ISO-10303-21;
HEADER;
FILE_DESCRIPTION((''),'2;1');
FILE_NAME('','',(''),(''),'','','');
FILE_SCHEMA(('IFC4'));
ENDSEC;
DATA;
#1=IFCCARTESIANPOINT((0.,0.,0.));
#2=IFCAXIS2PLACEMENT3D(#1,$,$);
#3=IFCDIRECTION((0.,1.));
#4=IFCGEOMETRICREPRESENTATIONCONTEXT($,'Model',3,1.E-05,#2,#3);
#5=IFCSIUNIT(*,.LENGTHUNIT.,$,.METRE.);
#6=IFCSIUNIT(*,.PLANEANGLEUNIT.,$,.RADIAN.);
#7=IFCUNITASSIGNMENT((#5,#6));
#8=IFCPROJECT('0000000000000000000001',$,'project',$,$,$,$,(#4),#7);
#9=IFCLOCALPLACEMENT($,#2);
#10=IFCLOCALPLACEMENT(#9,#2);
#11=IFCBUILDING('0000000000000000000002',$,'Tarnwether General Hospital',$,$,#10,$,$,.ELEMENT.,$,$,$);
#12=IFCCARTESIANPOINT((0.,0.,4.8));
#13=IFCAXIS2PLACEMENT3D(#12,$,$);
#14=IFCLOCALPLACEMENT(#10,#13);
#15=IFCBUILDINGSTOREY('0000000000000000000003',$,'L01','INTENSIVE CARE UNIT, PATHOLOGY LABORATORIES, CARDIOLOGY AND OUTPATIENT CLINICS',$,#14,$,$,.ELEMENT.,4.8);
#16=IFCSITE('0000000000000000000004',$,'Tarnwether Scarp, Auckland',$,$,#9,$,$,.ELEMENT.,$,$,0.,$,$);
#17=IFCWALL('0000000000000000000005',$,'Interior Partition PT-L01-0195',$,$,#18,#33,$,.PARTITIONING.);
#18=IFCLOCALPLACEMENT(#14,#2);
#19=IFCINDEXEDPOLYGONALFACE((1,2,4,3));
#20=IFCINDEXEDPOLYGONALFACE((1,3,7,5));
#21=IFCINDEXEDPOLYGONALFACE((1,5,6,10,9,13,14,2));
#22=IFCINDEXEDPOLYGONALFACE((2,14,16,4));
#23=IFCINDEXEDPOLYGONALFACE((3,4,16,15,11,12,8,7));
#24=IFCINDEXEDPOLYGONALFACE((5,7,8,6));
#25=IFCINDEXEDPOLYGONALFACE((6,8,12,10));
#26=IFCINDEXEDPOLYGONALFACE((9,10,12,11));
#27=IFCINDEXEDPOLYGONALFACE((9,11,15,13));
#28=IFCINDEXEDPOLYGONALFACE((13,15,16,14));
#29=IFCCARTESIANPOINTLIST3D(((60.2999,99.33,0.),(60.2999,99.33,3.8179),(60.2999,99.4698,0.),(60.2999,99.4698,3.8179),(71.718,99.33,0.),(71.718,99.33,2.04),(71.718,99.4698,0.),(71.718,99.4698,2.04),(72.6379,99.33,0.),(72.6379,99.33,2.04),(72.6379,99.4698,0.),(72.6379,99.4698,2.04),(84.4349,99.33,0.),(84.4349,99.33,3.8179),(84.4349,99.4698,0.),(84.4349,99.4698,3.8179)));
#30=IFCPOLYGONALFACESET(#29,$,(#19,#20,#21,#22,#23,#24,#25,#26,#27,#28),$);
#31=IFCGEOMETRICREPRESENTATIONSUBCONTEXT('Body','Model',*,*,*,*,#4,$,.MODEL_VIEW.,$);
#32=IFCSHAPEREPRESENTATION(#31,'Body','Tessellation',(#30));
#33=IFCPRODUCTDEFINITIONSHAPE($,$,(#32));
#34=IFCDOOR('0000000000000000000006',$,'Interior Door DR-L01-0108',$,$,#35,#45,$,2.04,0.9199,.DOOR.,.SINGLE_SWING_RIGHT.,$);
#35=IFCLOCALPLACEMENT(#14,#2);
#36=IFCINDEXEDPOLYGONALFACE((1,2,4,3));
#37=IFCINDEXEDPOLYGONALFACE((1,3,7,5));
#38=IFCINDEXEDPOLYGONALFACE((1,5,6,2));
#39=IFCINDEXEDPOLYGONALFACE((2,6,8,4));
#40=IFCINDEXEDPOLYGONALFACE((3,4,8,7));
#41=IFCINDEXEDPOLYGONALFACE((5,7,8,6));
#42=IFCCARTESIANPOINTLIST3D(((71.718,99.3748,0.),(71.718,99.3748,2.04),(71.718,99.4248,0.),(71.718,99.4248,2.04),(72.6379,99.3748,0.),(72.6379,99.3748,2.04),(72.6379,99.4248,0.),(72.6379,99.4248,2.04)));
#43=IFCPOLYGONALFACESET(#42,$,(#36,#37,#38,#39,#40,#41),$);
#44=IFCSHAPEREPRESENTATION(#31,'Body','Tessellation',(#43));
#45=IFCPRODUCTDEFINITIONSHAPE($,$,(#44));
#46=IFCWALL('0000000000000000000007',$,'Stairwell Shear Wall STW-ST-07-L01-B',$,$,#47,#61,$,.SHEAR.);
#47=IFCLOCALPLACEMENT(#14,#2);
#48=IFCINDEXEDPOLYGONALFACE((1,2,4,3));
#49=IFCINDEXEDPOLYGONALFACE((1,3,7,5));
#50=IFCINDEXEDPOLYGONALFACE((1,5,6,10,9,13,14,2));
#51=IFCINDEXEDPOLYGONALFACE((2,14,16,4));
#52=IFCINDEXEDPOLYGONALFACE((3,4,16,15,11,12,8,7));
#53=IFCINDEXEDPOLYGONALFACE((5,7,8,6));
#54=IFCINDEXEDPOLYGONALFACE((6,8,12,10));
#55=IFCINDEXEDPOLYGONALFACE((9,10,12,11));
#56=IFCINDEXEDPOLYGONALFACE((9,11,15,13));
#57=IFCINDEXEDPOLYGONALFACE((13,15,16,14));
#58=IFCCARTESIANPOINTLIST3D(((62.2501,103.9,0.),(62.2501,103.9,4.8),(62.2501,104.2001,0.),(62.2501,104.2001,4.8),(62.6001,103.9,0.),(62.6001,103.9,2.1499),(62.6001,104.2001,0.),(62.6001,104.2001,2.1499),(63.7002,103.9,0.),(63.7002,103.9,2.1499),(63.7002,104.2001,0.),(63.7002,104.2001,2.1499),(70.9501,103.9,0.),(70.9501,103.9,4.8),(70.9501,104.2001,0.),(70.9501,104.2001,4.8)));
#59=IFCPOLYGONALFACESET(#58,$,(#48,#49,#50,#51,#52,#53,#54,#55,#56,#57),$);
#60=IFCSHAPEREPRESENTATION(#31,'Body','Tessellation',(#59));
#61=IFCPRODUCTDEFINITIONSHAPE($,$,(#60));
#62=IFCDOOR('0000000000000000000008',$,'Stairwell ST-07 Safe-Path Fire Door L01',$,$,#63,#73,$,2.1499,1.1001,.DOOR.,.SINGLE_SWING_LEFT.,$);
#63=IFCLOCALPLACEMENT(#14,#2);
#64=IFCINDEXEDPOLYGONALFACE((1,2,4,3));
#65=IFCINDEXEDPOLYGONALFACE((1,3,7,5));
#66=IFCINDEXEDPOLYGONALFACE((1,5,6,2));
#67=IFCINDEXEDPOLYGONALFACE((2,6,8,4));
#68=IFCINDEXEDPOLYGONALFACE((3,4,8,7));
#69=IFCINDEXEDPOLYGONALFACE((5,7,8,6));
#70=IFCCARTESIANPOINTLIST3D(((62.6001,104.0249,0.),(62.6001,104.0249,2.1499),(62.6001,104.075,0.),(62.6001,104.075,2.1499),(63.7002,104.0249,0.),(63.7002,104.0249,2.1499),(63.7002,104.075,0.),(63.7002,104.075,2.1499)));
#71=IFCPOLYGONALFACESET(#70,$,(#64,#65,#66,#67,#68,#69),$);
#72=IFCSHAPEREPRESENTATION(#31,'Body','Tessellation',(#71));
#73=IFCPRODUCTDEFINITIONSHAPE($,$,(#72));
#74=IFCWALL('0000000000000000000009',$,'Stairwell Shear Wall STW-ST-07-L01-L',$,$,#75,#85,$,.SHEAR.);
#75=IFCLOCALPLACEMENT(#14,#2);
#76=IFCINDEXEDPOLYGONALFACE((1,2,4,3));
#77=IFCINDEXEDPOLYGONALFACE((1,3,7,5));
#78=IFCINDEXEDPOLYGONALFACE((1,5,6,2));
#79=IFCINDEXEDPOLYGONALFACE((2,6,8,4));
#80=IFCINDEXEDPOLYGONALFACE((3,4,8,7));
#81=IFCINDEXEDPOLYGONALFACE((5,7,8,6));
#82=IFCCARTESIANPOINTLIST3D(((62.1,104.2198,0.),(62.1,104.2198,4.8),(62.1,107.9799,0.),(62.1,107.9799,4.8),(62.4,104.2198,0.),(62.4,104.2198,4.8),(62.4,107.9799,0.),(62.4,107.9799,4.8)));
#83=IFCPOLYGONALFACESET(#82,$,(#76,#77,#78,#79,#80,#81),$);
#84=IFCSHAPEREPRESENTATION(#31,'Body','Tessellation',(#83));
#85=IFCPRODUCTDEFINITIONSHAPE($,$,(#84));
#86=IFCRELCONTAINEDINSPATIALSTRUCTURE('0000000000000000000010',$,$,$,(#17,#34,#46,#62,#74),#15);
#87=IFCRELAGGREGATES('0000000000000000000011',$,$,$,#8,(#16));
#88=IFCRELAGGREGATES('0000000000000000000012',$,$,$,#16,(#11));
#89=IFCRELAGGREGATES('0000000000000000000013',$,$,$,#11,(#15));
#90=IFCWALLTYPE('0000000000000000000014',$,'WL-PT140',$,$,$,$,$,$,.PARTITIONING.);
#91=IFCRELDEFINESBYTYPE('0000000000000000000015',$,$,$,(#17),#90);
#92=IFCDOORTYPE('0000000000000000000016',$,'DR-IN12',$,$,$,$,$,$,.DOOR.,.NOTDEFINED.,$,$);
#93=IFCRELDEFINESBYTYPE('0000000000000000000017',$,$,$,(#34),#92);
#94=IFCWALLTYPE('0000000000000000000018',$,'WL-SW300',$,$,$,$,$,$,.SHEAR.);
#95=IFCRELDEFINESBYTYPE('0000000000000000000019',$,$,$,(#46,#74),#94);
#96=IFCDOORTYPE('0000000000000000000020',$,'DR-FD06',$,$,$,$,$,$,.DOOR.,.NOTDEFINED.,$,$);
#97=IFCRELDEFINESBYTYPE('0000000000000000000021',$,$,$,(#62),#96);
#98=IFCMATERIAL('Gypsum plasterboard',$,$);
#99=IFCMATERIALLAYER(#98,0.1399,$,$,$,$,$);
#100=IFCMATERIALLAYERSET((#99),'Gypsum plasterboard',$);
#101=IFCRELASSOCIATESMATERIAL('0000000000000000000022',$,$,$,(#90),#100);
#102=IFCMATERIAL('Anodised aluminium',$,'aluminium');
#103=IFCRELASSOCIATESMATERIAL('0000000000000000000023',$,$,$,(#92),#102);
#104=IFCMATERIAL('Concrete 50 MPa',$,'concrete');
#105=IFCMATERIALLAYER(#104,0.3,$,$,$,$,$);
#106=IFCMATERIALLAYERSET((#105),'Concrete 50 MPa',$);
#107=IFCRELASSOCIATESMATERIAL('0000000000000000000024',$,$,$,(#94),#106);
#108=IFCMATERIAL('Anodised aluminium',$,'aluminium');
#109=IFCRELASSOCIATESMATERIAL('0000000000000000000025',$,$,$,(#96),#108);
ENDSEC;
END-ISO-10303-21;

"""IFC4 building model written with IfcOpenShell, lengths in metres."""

from ifc_helpers import new_model, si_unit, direction, frame, frame_2d, origin, place, context, subcontext, project, spatial, rectangle, extrude, material, layer, layer_set, type_object, element, fill, save


model = new_model("IFC4")

# Units and contexts
model_context = context("Model", 3, precision=1e-05, world=origin(), true_north=direction((0.0, 1.0)))
body_context = subcontext(model_context, "Body", "Model", "MODEL_VIEW")
ifc_project = project(units=[si_unit("LENGTHUNIT", "METRE"), si_unit("PLANEANGLEUNIT", "RADIAN")], contexts=[model_context])

# Site, building, storey
site_placement = place(None, origin())
site = spatial("IfcSite", under=ifc_project, at=site_placement, Name="Tarnwether Scarp, Auckland", CompositionType="ELEMENT", RefElevation=0.0)
building_placement = place(site_placement, origin())
building = spatial("IfcBuilding", under=site, at=building_placement, Name="Tarnwether General Hospital", CompositionType="ELEMENT")
storey_placement = place(building_placement, frame((0.0, 0.0, 4.8)))
storey = spatial("IfcBuildingStorey", under=building, at=storey_placement, Name="L01", Description="INTENSIVE CARE UNIT, PATHOLOGY LABORATORIES, CARDIOLOGY AND OUTPATIENT CLINICS", CompositionType="ELEMENT", Elevation=4.8)

# Walls, openings, doors
ifc_material_1 = material(Name="Gypsum plasterboard")
ifc_layer_1 = layer(ifc_material_1, 0.1399)
ifc_layer_set_1 = layer_set([ifc_layer_1], Name="Gypsum plasterboard")
wall_type_1 = type_object("IfcWallType", Name="WL-PT140", PredefinedType="PARTITIONING", material=ifc_layer_set_1)
wall_1_placement = place(storey_placement, frame((60.3, 99.3999, 0.0), z_axis=(0.0, 0.0, 1.0), x_axis=(1.0, 0.0, 0.0)))
wall_1 = element("IfcWall", 1, at=wall_1_placement, inside=storey, type_object=wall_type_1, Name="Interior Partition PT-L01-0195", PredefinedType="PARTITIONING", context=body_context, shape_type="SweptSolid", body=[
    extrude(rectangle(XDim=24.135, YDim=0.1399, at=frame_2d((12.0674, 0.0))), origin(), (0.0, 0.0, 1.0), 3.8179),
])
opening_1_placement = place(wall_1_placement, frame((11.418, 0.0, 0.0)))
opening_1 = element("IfcOpeningElement", 2, at=opening_1_placement, cuts=wall_1, PredefinedType="OPENING", context=body_context, shape_type="SweptSolid", body=[
    extrude(rectangle(XDim=0.9199, YDim=2.04, at=frame_2d((0.46, 1.02))), frame((0.0, 0.0801, 0.0), z_axis=(0.0, -1.0, 0.0), x_axis=(1.0, 0.0, 0.0)), (0.0, 0.0, 1.0), 0.1599),
])
ifc_material_2 = material(Name="Anodised aluminium", Category="aluminium")
door_type_1 = type_object("IfcDoorType", Name="DR-IN12", OperationType="NOTDEFINED", PredefinedType="DOOR", material=ifc_material_2)
door_1_placement = place(opening_1_placement, origin())
door_1 = element("IfcDoor", 3, at=door_1_placement, inside=storey, type_object=door_type_1, Name="Interior Door DR-L01-0108", OperationType="SINGLE_SWING_RIGHT", OverallHeight=2.04, OverallWidth=0.9199, PredefinedType="DOOR", context=body_context, shape_type="SweptSolid", body=[
    extrude(rectangle(XDim=0.9199, YDim=2.04, at=frame_2d((0.46, 1.02))), frame((0.0, 0.0249, 0.0), z_axis=(0.0, -1.0, 0.0), x_axis=(1.0, 0.0, 0.0)), (0.0, 0.0, 1.0), 0.05),
])
fill(opening_1, door_1)
ifc_material_3 = material(Name="Concrete 50 MPa", Category="concrete")
ifc_layer_2 = layer(ifc_material_3, 0.3)
ifc_layer_set_2 = layer_set([ifc_layer_2], Name="Concrete 50 MPa")
wall_type_2 = type_object("IfcWallType", Name="WL-SW300", PredefinedType="SHEAR", material=ifc_layer_set_2)
wall_2_placement = place(storey_placement, frame((62.25, 104.05, 0.0), z_axis=(0.0, 0.0, 1.0), x_axis=(1.0, 0.0, 0.0)))
wall_2 = element("IfcWall", 4, at=wall_2_placement, inside=storey, type_object=wall_type_2, Name="Stairwell Shear Wall STW-ST-07-L01-B", PredefinedType="SHEAR", context=body_context, shape_type="SweptSolid", body=[
    extrude(rectangle(XDim=8.7, YDim=0.3, at=frame_2d((4.3501, 0.0))), origin(), (0.0, 0.0, 1.0), 4.8),
])
opening_2_placement = place(wall_2_placement, frame((0.3501, 0.0, 0.0)))
opening_2 = element("IfcOpeningElement", 5, at=opening_2_placement, cuts=wall_2, PredefinedType="OPENING", context=body_context, shape_type="SweptSolid", body=[
    extrude(rectangle(XDim=1.1001, YDim=2.1499, at=frame_2d((0.55, 1.075))), frame((0.0, 0.1602, 0.0), z_axis=(0.0, -1.0, 0.0), x_axis=(1.0, 0.0, 0.0)), (0.0, 0.0, 1.0), 0.3201),
])
ifc_material_4 = material(Name="Anodised aluminium", Category="aluminium")
door_type_2 = type_object("IfcDoorType", Name="DR-FD06", OperationType="NOTDEFINED", PredefinedType="DOOR", material=ifc_material_4)
door_2_placement = place(opening_2_placement, origin())
door_2 = element("IfcDoor", 6, at=door_2_placement, inside=storey, type_object=door_type_2, Name="Stairwell ST-07 Safe-Path Fire Door L01", OperationType="SINGLE_SWING_LEFT", OverallHeight=2.1499, OverallWidth=1.1001, PredefinedType="DOOR", context=body_context, shape_type="SweptSolid", body=[
    extrude(rectangle(XDim=1.1001, YDim=2.1499, at=frame_2d((0.55, 1.075))), frame((0.0, 0.0249, 0.0), z_axis=(0.0, -1.0, 0.0), x_axis=(1.0, 0.0, 0.0)), (0.0, 0.0, 1.0), 0.05),
])
fill(opening_2, door_2)

# Wall
wall_3_placement = place(storey_placement, frame((62.25, 104.22, 0.0), z_axis=(0.0, 0.0, 1.0), x_axis=(0.0, 1.0, 0.0)))
element("IfcWall", 7, at=wall_3_placement, inside=storey, type_object=wall_type_2, Name="Stairwell Shear Wall STW-ST-07-L01-L", PredefinedType="SHEAR", context=body_context, shape_type="SweptSolid", body=[
    extrude(rectangle(XDim=3.76, YDim=0.3, at=frame_2d((1.8799, 0.0))), origin(), (0.0, 0.0, 1.0), 4.8),
])

save(model, "model.ifc")
